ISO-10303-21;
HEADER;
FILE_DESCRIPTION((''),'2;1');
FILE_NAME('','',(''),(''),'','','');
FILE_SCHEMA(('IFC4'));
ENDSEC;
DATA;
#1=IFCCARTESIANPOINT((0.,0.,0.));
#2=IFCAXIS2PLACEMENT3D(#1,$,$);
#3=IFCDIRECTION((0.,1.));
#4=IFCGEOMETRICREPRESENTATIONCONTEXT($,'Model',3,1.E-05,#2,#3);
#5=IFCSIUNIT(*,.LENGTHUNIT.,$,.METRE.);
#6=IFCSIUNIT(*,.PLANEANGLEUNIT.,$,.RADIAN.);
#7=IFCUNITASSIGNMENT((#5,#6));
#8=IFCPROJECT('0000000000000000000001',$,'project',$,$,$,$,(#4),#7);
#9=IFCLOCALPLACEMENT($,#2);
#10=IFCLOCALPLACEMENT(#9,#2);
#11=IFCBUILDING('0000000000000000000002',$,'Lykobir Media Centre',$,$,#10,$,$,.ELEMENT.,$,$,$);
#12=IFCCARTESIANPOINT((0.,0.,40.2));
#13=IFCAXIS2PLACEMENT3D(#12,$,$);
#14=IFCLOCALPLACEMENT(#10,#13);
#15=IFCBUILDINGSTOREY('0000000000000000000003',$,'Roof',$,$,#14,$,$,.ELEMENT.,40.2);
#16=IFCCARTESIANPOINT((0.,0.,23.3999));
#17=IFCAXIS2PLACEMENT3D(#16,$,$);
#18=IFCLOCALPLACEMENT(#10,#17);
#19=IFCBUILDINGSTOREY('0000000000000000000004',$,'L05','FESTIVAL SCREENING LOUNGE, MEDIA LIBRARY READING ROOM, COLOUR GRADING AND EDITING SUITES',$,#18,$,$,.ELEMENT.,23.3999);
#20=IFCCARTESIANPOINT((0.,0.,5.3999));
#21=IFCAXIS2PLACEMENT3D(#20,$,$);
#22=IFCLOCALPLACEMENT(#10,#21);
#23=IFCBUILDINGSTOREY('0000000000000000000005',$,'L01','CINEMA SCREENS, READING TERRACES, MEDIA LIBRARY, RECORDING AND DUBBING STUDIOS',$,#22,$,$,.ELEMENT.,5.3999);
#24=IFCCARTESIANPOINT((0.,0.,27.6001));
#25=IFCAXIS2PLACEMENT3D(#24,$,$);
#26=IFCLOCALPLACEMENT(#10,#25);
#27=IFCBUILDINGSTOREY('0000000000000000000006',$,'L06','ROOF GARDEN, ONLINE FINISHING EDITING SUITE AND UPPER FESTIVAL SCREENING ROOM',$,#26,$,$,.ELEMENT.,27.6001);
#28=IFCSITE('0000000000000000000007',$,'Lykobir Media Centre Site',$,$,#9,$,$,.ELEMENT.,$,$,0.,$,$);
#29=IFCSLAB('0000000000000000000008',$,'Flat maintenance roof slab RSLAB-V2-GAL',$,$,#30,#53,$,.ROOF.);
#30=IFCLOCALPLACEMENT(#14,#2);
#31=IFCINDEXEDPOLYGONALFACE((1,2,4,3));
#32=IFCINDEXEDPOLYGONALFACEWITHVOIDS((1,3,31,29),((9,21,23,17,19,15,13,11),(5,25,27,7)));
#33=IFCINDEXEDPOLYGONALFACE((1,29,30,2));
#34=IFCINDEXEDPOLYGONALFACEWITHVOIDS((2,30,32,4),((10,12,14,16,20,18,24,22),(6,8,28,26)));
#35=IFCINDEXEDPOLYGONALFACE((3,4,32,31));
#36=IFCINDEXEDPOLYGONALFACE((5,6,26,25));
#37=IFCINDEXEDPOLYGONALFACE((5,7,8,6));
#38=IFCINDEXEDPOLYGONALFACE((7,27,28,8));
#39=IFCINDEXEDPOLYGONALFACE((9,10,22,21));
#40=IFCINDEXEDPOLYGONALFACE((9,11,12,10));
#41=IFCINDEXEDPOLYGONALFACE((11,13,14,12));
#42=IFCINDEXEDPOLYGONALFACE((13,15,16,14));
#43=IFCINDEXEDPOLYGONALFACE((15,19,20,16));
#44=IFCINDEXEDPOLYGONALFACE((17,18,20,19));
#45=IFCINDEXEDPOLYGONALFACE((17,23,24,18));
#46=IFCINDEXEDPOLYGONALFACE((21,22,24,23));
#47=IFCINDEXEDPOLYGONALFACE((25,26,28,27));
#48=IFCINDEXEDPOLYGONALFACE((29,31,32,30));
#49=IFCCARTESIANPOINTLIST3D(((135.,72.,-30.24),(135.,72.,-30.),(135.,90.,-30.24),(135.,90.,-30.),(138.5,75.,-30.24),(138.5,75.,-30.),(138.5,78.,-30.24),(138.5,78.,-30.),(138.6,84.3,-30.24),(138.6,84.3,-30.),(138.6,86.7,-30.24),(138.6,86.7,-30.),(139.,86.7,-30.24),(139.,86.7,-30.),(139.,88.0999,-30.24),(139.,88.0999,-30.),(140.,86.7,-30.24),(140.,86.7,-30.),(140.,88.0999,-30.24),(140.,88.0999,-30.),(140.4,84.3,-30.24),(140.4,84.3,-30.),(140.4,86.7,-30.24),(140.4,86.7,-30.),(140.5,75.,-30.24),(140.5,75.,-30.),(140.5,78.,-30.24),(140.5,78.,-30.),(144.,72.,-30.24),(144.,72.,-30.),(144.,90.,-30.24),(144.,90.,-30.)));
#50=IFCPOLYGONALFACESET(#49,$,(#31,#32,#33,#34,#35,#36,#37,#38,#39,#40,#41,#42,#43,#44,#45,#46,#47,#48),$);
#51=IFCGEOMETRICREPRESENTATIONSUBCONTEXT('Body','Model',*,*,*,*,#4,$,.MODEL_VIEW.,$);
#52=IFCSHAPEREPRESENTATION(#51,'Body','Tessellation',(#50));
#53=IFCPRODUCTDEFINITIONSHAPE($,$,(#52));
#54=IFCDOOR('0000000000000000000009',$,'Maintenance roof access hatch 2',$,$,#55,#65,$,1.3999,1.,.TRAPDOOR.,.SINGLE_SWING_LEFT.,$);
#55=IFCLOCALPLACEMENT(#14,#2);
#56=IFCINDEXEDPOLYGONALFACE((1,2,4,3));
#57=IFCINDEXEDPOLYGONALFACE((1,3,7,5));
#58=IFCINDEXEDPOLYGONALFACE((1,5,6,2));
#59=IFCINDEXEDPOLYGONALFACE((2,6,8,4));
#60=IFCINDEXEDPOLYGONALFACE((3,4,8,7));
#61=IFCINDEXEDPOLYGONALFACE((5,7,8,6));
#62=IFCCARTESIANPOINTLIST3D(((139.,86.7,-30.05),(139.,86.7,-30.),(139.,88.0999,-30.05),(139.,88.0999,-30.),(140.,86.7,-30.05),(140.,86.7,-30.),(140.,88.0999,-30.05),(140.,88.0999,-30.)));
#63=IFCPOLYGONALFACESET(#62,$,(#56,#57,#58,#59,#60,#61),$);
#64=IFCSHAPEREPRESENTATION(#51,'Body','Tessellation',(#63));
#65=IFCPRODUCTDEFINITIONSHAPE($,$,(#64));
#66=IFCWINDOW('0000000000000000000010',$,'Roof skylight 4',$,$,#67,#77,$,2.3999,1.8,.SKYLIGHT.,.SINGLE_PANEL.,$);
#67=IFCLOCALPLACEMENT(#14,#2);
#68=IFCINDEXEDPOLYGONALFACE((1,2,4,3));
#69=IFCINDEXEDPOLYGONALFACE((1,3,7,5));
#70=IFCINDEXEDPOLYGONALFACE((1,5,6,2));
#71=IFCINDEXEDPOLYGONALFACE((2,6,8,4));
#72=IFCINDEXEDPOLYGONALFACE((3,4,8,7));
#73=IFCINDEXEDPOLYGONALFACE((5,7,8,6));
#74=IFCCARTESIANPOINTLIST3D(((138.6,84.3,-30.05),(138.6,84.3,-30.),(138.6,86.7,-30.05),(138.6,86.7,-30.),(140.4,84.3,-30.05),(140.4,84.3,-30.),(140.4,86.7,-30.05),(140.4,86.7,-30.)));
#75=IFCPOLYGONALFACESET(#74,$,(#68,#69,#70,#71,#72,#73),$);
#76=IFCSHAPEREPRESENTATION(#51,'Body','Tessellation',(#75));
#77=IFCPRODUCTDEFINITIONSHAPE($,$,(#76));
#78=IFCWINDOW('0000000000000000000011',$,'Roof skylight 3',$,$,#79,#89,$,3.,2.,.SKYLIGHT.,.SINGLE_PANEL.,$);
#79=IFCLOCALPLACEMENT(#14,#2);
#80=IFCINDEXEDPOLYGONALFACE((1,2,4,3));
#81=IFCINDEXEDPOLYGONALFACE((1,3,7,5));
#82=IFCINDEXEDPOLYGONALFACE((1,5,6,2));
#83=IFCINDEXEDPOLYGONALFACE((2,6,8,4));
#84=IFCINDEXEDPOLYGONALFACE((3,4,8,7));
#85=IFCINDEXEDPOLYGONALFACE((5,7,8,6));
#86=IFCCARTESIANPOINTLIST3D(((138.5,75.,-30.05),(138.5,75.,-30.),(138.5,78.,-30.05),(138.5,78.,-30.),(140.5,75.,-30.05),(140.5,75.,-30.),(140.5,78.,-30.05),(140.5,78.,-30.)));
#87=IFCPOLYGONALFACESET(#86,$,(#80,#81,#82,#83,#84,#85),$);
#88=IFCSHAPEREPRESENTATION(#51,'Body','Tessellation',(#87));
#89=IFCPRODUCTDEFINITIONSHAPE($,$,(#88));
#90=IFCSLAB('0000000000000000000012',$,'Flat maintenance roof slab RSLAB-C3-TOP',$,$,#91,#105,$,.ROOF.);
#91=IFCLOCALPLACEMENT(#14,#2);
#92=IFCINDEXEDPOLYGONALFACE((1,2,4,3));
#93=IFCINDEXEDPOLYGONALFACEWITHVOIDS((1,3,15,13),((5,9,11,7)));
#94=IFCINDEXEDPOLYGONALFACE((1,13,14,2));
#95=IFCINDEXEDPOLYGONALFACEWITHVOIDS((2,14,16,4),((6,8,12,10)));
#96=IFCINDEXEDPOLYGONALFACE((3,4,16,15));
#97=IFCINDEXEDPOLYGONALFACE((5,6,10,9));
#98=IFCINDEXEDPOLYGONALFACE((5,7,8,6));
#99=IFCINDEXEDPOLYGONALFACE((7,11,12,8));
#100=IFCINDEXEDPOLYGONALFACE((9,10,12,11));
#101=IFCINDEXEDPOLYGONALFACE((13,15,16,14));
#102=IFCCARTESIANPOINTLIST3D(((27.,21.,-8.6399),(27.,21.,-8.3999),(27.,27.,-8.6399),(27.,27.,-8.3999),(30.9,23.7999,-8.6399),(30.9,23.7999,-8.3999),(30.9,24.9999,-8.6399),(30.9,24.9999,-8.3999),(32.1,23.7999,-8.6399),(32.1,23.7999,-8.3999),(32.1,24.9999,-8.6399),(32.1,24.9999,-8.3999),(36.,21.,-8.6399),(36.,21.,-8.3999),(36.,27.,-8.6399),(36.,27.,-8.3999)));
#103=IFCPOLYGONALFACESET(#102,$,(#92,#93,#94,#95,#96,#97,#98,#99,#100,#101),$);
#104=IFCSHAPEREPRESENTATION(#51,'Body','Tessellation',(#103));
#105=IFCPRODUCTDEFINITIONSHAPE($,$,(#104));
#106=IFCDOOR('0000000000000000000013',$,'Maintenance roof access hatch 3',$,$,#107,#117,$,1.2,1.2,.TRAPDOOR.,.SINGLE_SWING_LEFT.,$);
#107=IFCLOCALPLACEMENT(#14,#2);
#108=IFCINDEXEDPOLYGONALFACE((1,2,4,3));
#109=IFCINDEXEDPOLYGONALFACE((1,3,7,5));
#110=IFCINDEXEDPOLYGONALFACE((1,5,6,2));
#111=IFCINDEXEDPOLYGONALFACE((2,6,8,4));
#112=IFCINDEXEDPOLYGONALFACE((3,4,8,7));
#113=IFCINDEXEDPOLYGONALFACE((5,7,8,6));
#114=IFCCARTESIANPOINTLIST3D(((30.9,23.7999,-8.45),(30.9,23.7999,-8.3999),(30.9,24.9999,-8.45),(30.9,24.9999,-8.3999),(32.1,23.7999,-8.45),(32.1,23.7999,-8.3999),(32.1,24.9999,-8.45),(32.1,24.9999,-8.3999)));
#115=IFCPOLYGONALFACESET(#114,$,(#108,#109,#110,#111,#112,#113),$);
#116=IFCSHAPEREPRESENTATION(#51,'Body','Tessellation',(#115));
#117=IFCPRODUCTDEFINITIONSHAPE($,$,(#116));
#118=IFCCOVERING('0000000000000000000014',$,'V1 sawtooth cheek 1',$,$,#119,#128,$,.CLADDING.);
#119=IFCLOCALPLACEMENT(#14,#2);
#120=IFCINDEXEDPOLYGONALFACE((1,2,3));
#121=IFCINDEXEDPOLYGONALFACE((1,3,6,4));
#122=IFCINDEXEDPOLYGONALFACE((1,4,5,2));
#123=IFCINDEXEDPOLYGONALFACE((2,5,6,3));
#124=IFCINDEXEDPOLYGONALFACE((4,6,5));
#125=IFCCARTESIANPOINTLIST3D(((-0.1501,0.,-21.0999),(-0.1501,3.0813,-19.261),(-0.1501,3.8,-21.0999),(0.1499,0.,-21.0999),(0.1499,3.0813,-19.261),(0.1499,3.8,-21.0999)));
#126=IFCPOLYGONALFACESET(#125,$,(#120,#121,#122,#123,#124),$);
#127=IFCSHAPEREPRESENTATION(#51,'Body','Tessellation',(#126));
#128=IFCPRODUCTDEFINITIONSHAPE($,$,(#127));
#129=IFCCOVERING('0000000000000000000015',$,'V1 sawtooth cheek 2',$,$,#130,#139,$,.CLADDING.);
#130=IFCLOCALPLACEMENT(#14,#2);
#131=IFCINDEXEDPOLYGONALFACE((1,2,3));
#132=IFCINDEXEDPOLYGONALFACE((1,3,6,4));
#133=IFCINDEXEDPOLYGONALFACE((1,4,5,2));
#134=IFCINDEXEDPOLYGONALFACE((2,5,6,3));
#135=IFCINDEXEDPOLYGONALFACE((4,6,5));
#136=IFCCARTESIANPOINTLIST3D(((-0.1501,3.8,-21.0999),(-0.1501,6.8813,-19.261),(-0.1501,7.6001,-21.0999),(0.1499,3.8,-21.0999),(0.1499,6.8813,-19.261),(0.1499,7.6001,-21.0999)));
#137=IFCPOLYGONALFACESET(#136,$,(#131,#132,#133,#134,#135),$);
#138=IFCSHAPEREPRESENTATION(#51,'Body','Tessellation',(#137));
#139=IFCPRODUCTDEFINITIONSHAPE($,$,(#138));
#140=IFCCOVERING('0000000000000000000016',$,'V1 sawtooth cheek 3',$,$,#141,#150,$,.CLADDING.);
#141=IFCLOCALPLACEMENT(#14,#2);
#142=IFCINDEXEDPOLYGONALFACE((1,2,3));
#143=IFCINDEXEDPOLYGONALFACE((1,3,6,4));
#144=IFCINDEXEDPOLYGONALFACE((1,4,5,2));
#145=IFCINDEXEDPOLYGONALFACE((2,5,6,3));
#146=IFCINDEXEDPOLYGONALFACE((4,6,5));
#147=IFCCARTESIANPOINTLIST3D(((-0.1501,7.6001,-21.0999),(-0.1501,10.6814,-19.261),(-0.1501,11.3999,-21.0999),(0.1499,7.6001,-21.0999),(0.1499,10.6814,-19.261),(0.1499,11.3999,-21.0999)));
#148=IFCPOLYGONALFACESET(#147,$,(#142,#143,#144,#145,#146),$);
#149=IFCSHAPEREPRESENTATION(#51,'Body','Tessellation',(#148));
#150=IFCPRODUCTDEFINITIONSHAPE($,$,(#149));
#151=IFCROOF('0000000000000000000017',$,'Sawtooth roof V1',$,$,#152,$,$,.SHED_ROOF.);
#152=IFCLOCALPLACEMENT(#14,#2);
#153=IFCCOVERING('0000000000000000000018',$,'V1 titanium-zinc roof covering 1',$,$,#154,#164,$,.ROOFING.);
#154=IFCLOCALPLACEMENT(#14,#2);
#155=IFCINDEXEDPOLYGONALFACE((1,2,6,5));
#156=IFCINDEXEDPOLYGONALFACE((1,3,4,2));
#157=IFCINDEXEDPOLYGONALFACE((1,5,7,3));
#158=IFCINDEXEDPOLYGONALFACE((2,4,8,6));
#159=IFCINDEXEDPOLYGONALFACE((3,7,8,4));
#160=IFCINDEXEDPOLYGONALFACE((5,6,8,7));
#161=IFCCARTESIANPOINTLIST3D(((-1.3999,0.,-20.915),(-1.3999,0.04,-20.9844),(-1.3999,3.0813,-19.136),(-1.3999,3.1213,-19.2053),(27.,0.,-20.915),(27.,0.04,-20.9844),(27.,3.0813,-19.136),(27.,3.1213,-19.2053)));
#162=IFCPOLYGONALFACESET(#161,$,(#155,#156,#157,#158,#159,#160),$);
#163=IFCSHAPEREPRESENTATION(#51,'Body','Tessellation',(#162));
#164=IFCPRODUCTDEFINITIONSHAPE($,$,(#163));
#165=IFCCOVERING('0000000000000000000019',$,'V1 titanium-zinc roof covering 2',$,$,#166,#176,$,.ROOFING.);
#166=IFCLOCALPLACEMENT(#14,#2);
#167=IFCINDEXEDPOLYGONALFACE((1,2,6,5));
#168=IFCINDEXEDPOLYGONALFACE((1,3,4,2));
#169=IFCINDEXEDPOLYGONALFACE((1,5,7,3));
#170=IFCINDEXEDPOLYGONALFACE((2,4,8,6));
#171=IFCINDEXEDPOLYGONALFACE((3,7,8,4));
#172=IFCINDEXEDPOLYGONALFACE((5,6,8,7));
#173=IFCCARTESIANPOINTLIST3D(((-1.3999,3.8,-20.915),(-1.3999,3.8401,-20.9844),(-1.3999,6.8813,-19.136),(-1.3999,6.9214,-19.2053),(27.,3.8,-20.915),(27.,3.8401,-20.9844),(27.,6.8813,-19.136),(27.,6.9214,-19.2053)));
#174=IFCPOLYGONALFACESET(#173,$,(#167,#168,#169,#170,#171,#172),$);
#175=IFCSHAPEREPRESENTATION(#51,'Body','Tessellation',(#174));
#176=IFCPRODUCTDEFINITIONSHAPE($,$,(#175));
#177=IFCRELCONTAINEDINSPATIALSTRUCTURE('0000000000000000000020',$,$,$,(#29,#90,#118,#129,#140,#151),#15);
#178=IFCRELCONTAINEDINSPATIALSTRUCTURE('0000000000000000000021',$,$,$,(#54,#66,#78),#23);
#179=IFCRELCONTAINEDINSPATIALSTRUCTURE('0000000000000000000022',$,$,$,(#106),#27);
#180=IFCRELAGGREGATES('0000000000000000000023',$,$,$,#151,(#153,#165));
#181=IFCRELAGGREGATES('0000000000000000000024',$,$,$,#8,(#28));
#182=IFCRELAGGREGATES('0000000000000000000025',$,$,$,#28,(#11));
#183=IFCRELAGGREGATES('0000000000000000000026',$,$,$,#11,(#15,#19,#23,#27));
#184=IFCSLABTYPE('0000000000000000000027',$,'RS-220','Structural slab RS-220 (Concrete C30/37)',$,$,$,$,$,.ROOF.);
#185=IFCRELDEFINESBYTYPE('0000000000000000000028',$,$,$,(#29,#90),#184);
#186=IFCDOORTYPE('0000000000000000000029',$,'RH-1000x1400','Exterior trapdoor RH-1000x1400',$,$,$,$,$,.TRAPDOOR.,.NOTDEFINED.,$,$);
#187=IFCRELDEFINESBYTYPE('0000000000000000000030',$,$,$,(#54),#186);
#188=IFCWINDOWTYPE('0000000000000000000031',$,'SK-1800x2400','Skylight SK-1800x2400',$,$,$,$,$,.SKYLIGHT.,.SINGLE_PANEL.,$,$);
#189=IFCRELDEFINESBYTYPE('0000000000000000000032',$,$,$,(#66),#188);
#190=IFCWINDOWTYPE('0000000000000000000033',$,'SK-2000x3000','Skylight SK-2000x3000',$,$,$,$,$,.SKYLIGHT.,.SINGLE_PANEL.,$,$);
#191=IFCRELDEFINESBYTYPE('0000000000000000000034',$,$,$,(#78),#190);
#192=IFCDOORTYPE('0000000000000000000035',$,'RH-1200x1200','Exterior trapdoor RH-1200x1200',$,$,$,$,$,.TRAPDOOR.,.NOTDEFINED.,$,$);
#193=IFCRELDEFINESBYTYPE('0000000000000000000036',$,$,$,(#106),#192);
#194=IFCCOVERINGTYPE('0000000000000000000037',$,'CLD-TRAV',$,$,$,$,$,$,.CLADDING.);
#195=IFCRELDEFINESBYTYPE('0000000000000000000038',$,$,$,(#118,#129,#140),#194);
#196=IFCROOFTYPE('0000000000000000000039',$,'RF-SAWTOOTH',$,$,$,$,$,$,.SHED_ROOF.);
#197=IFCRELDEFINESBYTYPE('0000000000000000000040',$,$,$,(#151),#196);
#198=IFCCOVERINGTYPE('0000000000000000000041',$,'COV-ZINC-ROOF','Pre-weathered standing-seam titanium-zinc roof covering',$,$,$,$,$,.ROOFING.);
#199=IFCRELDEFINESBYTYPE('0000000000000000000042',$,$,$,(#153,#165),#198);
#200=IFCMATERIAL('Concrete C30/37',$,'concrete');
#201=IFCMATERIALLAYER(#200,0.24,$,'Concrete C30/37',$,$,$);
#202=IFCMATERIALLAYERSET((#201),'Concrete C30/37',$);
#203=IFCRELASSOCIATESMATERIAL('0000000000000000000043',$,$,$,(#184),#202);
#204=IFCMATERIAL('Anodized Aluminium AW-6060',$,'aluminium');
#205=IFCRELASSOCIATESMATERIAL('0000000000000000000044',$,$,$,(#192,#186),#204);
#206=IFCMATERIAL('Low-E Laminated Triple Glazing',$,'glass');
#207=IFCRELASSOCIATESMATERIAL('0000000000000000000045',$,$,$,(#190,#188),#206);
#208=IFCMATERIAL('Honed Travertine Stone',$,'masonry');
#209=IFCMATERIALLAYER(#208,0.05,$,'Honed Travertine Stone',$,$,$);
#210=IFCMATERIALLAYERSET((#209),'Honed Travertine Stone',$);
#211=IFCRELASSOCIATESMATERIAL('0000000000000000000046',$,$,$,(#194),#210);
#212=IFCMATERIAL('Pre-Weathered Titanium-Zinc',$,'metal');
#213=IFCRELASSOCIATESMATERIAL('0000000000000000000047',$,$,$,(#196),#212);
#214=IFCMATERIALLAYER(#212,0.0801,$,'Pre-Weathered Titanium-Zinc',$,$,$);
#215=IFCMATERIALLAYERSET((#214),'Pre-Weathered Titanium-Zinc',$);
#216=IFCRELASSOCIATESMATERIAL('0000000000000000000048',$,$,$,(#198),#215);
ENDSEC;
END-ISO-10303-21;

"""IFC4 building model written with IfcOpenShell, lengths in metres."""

from ifc_helpers import new_model, si_unit, direction, frame, origin, origin_2d, place, context, subcontext, project, spatial, polyline, rectangle, outline, extrude, material, layer, layer_set, type_object, element, fill, aggregate, save


model = new_model("IFC4")

# Units and contexts
model_context = context("Model", 3, precision=1e-05, world=origin(), true_north=direction((0.0, 1.0)))
body_context = subcontext(model_context, "Body", "Model", "MODEL_VIEW")
ifc_project = project(units=[si_unit("LENGTHUNIT", "METRE"), si_unit("PLANEANGLEUNIT", "RADIAN")], contexts=[model_context])

# Site, building, storey
site_placement = place(None, origin())
site = spatial("IfcSite", under=ifc_project, at=site_placement, Name="Lykobir Media Centre Site", CompositionType="ELEMENT", RefElevation=0.0)
building_placement = place(site_placement, origin())
building = spatial("IfcBuilding", under=site, at=building_placement, Name="Lykobir Media Centre", CompositionType="ELEMENT")
storey_1_placement = place(building_placement, frame((0.0, 0.0, 40.2)))
storey_1 = spatial("IfcBuildingStorey", under=building, at=storey_1_placement, Name="Roof", CompositionType="ELEMENT", Elevation=40.2)

# Shared definitions
ifc_material_1 = material(Name="Concrete C30/37", Category="concrete")

# Shared definitions
ifc_layer_1 = layer(ifc_material_1, 0.24, Name="Concrete C30/37")
ifc_layer_set_1 = layer_set([ifc_layer_1], Name="Concrete C30/37")
slab_type_1 = type_object("IfcSlabType", Name="RS-220", Description="Structural slab RS-220 (Concrete C30/37)", PredefinedType="ROOF", material=ifc_layer_set_1)

# Shared definitions
storey_2_placement = place(building_placement, frame((0.0, 0.0, 23.3999)))
storey_2 = spatial("IfcBuildingStorey", under=building, at=storey_2_placement, Name="L05", Description="FESTIVAL SCREENING LOUNGE, MEDIA LIBRARY READING ROOM, COLOUR GRADING AND EDITING SUITES", CompositionType="ELEMENT", Elevation=23.3999)

# Shared definitions
ifc_material_2 = material(Name="Anodized Aluminium AW-6060", Category="aluminium")
door_type_1 = type_object("IfcDoorType", Name="RH-1200x1200", Description="Exterior trapdoor RH-1200x1200", OperationType="NOTDEFINED", PredefinedType="TRAPDOOR", material=ifc_material_2)

# Shared definitions
ifc_material_3 = material(Name="Low-E Laminated Triple Glazing", Category="glass")
window_type_1 = type_object("IfcWindowType", Name="SK-2000x3000", Description="Skylight SK-2000x3000", PartitioningType="SINGLE_PANEL", PredefinedType="SKYLIGHT", material=ifc_material_3)

# Slab, openings
slab_1_placement = place(storey_1_placement, frame((0.0, 0.0, -30.24)))
slab_1 = element("IfcSlab", 1, at=slab_1_placement, inside=storey_1, type_object=slab_type_1, Name="Flat maintenance roof slab RSLAB-V2-GAL", PredefinedType="ROOF", context=body_context, shape_type="SweptSolid", body=[
    extrude(outline(polyline([(135.0, 72.0), (144.0, 72.0), (144.0, 90.0), (135.0, 90.0), (135.0, 72.0)])), origin(), (0.0, 0.0, 1.0), 0.24),
])
opening_1_placement = place(slab_1_placement, frame((139.5, 76.5, 0.0)))
opening_1 = element("IfcOpeningElement", 2, at=opening_1_placement, cuts=slab_1, PredefinedType="OPENING", context=body_context, shape_type="SweptSolid", body=[
    extrude(rectangle(XDim=2.0, YDim=3.0, at=origin_2d()), origin(), (0.0, 0.0, 1.0), 0.24),
])
opening_2_placement = place(slab_1_placement, frame((139.5, 85.5, 0.0)))
opening_2 = element("IfcOpeningElement", 3, at=opening_2_placement, cuts=slab_1, PredefinedType="OPENING", context=body_context, shape_type="SweptSolid", body=[
    extrude(rectangle(XDim=1.8, YDim=2.3999, at=origin_2d()), origin(), (0.0, 0.0, 1.0), 0.24),
])
opening_3_placement = place(slab_1_placement, frame((139.5, 87.3999, 0.0)))
opening_3 = element("IfcOpeningElement", 4, at=opening_3_placement, cuts=slab_1, PredefinedType="OPENING", context=body_context, shape_type="SweptSolid", body=[
    extrude(rectangle(XDim=1.0, YDim=1.3999, at=origin_2d()), origin(), (0.0, 0.0, 1.0), 0.24),
])

# Shared definitions
storey_3_placement = place(building_placement, frame((0.0, 0.0, 5.3999)))
storey_3 = spatial("IfcBuildingStorey", under=building, at=storey_3_placement, Name="L01", Description="CINEMA SCREENS, READING TERRACES, MEDIA LIBRARY, RECORDING AND DUBBING STUDIOS", CompositionType="ELEMENT", Elevation=5.3999)

# Door
door_type_2 = type_object("IfcDoorType", Name="RH-1000x1400", Description="Exterior trapdoor RH-1000x1400", OperationType="NOTDEFINED", PredefinedType="TRAPDOOR", material=ifc_material_2)
door_1_placement = place(opening_3_placement, frame((0.0, 0.0, 0.1899)))
door_1 = element("IfcDoor", 5, at=door_1_placement, inside=storey_3, type_object=door_type_2, Name="Maintenance roof access hatch 2", OperationType="SINGLE_SWING_LEFT", OverallHeight=1.3999, OverallWidth=1.0, PredefinedType="TRAPDOOR", context=body_context, shape_type="SweptSolid", body=[
    extrude(rectangle(XDim=1.0, YDim=1.3999, at=origin_2d()), origin(), (0.0, 0.0, 1.0), 0.05),
])
fill(opening_3, door_1)

# Windows
window_type_2 = type_object("IfcWindowType", Name="SK-1800x2400", Description="Skylight SK-1800x2400", PartitioningType="SINGLE_PANEL", PredefinedType="SKYLIGHT", material=ifc_material_3)
window_1_placement = place(opening_2_placement, frame((0.0, 0.0, 0.1899)))
window_1 = element("IfcWindow", 6, at=window_1_placement, inside=storey_3, type_object=window_type_2, Name="Roof skylight 4", OverallHeight=2.3999, OverallWidth=1.8, PartitioningType="SINGLE_PANEL", PredefinedType="SKYLIGHT", context=body_context, shape_type="SweptSolid", body=[
    extrude(rectangle(XDim=1.8, YDim=2.3999, at=origin_2d()), origin(), (0.0, 0.0, 1.0), 0.05),
])
fill(opening_2, window_1)
window_2_placement = place(opening_1_placement, frame((0.0, 0.0, 0.1899)))
window_2 = element("IfcWindow", 7, at=window_2_placement, inside=storey_3, type_object=window_type_1, Name="Roof skylight 3", OverallHeight=3.0, OverallWidth=2.0, PartitioningType="SINGLE_PANEL", PredefinedType="SKYLIGHT", context=body_context, shape_type="SweptSolid", body=[
    extrude(rectangle(XDim=2.0, YDim=3.0, at=origin_2d()), origin(), (0.0, 0.0, 1.0), 0.05),
])
fill(opening_1, window_2)

# Slab, opening
slab_2_placement = place(storey_1_placement, frame((0.0, 0.0, -8.6399)))
slab_2 = element("IfcSlab", 8, at=slab_2_placement, inside=storey_1, type_object=slab_type_1, Name="Flat maintenance roof slab RSLAB-C3-TOP", PredefinedType="ROOF", context=body_context, shape_type="SweptSolid", body=[
    extrude(outline(polyline([(27.0, 21.0), (36.0, 21.0), (36.0, 27.0), (27.0, 27.0), (27.0, 21.0)])), origin(), (0.0, 0.0, 1.0), 0.24),
])
opening_4_placement = place(slab_2_placement, frame((31.5, 24.3999, 0.0)))
opening_4 = element("IfcOpeningElement", 9, at=opening_4_placement, cuts=slab_2, PredefinedType="OPENING", context=body_context, shape_type="SweptSolid", body=[
    extrude(rectangle(XDim=1.2, YDim=1.2, at=origin_2d()), origin(), (0.0, 0.0, 1.0), 0.24),
])

# Shared definitions
storey_4_placement = place(building_placement, frame((0.0, 0.0, 27.6001)))
storey_4 = spatial("IfcBuildingStorey", under=building, at=storey_4_placement, Name="L06", Description="ROOF GARDEN, ONLINE FINISHING EDITING SUITE AND UPPER FESTIVAL SCREENING ROOM", CompositionType="ELEMENT", Elevation=27.6001)

# Door
door_2_placement = place(opening_4_placement, frame((0.0, 0.0, 0.1899)))
door_2 = element("IfcDoor", 10, at=door_2_placement, inside=storey_4, type_object=door_type_1, Name="Maintenance roof access hatch 3", OperationType="SINGLE_SWING_LEFT", OverallHeight=1.2, OverallWidth=1.2, PredefinedType="TRAPDOOR", context=body_context, shape_type="SweptSolid", body=[
    extrude(rectangle(XDim=1.2, YDim=1.2, at=origin_2d()), origin(), (0.0, 0.0, 1.0), 0.05),
])
fill(opening_4, door_2)

# Coverings
ifc_material_4 = material(Name="Honed Travertine Stone", Category="masonry")
ifc_layer_2 = layer(ifc_material_4, 0.05, Name="Honed Travertine Stone")
ifc_layer_set_2 = layer_set([ifc_layer_2], Name="Honed Travertine Stone")
covering_type_1 = type_object("IfcCoveringType", Name="CLD-TRAV", PredefinedType="CLADDING", material=ifc_layer_set_2)
for number, where, z_axis, x_axis, name in (
    (11, (0.1499, 0.0, -21.0999), (1.0, 0.0, 0.0), (0.0, 1.0, 0.0), "V1 sawtooth cheek 1"),
    (12, (0.1499, 3.8, -21.0999), (1.0, 0.0, 0.0), (0.0, 1.0, 0.0), "V1 sawtooth cheek 2"),
):
    element("IfcCovering", number, at=place(storey_1_placement, frame(where, z_axis=z_axis, x_axis=x_axis)), inside=storey_1, type_object=covering_type_1, Name=name, PredefinedType="CLADDING", context=body_context, shape_type="SweptSolid", body=[
        extrude(outline(polyline([(0.0, 0.0), (3.8, 0.0), (3.0813, 1.8389), (0.0, 0.0)])), origin(), (0.0, 0.0, -1.0), 0.3),
    ])
covering_1_placement = place(storey_1_placement, frame((0.1499, 7.6001, -21.0999), z_axis=(1.0, 0.0, 0.0), x_axis=(0.0, 1.0, 0.0)))
element("IfcCovering", 13, at=covering_1_placement, inside=storey_1, type_object=covering_type_1, Name="V1 sawtooth cheek 3", PredefinedType="CLADDING", context=body_context, shape_type="SweptSolid", body=[
    extrude(outline(polyline([(0.0, 0.0), (3.7998, 0.0), (3.0813, 1.8389), (0.0, 0.0)])), origin(), (0.0, 0.0, -1.0), 0.3),
])

# Roof, coverings
ifc_material_5 = material(Name="Pre-Weathered Titanium-Zinc", Category="metal")
roof_type = type_object("IfcRoofType", Name="RF-SAWTOOTH", PredefinedType="SHED_ROOF", material=ifc_material_5)
roof_placement = place(storey_1_placement, origin())
roof = element("IfcRoof", 14, at=roof_placement, inside=storey_1, type_object=roof_type, Name="Sawtooth roof V1", PredefinedType="SHED_ROOF")
ifc_layer_3 = layer(ifc_material_5, 0.0801, Name="Pre-Weathered Titanium-Zinc")
ifc_layer_set_3 = layer_set([ifc_layer_3], Name="Pre-Weathered Titanium-Zinc")
covering_type_2 = type_object("IfcCoveringType", Name="COV-ZINC-ROOF", Description="Pre-weathered standing-seam titanium-zinc roof covering", PredefinedType="ROOFING", material=ifc_layer_set_3)
covering_2_placement = place(storey_1_placement, frame((-1.3999, 0.0, -20.915), z_axis=(0.0, -0.500013, 0.866018), x_axis=(1.0, 0.0, 0.0)))
covering_2 = element("IfcCovering", 15, at=covering_2_placement, type_object=covering_type_2, Name="V1 titanium-zinc roof covering 1", PredefinedType="ROOFING", context=body_context, shape_type="SweptSolid", body=[
    extrude(outline(polyline([(0.0, 0.0), (28.3999, 0.0), (28.3999, 3.558), (0.0, 3.558), (0.0, 0.0)])), origin(), (0.0, 0.0, -1.0), 0.0801),
])
covering_3_placement = place(storey_1_placement, frame((-1.3999, 3.8, -20.915), z_axis=(0.0, -0.500013, 0.866018), x_axis=(1.0, 0.0, 0.0)))
covering_3 = element("IfcCovering", 16, at=covering_3_placement, type_object=covering_type_2, Name="V1 titanium-zinc roof covering 2", PredefinedType="ROOFING", context=body_context, shape_type="SweptSolid", body=[
    extrude(outline(polyline([(0.0, 0.0), (28.3999, 0.0), (28.3999, 3.558), (0.0, 3.558), (0.0, 0.0)])), origin(), (0.0, 0.0, -1.0), 0.0801),
])
aggregate(roof, [covering_2, covering_3])

save(model, "model.ifc")
